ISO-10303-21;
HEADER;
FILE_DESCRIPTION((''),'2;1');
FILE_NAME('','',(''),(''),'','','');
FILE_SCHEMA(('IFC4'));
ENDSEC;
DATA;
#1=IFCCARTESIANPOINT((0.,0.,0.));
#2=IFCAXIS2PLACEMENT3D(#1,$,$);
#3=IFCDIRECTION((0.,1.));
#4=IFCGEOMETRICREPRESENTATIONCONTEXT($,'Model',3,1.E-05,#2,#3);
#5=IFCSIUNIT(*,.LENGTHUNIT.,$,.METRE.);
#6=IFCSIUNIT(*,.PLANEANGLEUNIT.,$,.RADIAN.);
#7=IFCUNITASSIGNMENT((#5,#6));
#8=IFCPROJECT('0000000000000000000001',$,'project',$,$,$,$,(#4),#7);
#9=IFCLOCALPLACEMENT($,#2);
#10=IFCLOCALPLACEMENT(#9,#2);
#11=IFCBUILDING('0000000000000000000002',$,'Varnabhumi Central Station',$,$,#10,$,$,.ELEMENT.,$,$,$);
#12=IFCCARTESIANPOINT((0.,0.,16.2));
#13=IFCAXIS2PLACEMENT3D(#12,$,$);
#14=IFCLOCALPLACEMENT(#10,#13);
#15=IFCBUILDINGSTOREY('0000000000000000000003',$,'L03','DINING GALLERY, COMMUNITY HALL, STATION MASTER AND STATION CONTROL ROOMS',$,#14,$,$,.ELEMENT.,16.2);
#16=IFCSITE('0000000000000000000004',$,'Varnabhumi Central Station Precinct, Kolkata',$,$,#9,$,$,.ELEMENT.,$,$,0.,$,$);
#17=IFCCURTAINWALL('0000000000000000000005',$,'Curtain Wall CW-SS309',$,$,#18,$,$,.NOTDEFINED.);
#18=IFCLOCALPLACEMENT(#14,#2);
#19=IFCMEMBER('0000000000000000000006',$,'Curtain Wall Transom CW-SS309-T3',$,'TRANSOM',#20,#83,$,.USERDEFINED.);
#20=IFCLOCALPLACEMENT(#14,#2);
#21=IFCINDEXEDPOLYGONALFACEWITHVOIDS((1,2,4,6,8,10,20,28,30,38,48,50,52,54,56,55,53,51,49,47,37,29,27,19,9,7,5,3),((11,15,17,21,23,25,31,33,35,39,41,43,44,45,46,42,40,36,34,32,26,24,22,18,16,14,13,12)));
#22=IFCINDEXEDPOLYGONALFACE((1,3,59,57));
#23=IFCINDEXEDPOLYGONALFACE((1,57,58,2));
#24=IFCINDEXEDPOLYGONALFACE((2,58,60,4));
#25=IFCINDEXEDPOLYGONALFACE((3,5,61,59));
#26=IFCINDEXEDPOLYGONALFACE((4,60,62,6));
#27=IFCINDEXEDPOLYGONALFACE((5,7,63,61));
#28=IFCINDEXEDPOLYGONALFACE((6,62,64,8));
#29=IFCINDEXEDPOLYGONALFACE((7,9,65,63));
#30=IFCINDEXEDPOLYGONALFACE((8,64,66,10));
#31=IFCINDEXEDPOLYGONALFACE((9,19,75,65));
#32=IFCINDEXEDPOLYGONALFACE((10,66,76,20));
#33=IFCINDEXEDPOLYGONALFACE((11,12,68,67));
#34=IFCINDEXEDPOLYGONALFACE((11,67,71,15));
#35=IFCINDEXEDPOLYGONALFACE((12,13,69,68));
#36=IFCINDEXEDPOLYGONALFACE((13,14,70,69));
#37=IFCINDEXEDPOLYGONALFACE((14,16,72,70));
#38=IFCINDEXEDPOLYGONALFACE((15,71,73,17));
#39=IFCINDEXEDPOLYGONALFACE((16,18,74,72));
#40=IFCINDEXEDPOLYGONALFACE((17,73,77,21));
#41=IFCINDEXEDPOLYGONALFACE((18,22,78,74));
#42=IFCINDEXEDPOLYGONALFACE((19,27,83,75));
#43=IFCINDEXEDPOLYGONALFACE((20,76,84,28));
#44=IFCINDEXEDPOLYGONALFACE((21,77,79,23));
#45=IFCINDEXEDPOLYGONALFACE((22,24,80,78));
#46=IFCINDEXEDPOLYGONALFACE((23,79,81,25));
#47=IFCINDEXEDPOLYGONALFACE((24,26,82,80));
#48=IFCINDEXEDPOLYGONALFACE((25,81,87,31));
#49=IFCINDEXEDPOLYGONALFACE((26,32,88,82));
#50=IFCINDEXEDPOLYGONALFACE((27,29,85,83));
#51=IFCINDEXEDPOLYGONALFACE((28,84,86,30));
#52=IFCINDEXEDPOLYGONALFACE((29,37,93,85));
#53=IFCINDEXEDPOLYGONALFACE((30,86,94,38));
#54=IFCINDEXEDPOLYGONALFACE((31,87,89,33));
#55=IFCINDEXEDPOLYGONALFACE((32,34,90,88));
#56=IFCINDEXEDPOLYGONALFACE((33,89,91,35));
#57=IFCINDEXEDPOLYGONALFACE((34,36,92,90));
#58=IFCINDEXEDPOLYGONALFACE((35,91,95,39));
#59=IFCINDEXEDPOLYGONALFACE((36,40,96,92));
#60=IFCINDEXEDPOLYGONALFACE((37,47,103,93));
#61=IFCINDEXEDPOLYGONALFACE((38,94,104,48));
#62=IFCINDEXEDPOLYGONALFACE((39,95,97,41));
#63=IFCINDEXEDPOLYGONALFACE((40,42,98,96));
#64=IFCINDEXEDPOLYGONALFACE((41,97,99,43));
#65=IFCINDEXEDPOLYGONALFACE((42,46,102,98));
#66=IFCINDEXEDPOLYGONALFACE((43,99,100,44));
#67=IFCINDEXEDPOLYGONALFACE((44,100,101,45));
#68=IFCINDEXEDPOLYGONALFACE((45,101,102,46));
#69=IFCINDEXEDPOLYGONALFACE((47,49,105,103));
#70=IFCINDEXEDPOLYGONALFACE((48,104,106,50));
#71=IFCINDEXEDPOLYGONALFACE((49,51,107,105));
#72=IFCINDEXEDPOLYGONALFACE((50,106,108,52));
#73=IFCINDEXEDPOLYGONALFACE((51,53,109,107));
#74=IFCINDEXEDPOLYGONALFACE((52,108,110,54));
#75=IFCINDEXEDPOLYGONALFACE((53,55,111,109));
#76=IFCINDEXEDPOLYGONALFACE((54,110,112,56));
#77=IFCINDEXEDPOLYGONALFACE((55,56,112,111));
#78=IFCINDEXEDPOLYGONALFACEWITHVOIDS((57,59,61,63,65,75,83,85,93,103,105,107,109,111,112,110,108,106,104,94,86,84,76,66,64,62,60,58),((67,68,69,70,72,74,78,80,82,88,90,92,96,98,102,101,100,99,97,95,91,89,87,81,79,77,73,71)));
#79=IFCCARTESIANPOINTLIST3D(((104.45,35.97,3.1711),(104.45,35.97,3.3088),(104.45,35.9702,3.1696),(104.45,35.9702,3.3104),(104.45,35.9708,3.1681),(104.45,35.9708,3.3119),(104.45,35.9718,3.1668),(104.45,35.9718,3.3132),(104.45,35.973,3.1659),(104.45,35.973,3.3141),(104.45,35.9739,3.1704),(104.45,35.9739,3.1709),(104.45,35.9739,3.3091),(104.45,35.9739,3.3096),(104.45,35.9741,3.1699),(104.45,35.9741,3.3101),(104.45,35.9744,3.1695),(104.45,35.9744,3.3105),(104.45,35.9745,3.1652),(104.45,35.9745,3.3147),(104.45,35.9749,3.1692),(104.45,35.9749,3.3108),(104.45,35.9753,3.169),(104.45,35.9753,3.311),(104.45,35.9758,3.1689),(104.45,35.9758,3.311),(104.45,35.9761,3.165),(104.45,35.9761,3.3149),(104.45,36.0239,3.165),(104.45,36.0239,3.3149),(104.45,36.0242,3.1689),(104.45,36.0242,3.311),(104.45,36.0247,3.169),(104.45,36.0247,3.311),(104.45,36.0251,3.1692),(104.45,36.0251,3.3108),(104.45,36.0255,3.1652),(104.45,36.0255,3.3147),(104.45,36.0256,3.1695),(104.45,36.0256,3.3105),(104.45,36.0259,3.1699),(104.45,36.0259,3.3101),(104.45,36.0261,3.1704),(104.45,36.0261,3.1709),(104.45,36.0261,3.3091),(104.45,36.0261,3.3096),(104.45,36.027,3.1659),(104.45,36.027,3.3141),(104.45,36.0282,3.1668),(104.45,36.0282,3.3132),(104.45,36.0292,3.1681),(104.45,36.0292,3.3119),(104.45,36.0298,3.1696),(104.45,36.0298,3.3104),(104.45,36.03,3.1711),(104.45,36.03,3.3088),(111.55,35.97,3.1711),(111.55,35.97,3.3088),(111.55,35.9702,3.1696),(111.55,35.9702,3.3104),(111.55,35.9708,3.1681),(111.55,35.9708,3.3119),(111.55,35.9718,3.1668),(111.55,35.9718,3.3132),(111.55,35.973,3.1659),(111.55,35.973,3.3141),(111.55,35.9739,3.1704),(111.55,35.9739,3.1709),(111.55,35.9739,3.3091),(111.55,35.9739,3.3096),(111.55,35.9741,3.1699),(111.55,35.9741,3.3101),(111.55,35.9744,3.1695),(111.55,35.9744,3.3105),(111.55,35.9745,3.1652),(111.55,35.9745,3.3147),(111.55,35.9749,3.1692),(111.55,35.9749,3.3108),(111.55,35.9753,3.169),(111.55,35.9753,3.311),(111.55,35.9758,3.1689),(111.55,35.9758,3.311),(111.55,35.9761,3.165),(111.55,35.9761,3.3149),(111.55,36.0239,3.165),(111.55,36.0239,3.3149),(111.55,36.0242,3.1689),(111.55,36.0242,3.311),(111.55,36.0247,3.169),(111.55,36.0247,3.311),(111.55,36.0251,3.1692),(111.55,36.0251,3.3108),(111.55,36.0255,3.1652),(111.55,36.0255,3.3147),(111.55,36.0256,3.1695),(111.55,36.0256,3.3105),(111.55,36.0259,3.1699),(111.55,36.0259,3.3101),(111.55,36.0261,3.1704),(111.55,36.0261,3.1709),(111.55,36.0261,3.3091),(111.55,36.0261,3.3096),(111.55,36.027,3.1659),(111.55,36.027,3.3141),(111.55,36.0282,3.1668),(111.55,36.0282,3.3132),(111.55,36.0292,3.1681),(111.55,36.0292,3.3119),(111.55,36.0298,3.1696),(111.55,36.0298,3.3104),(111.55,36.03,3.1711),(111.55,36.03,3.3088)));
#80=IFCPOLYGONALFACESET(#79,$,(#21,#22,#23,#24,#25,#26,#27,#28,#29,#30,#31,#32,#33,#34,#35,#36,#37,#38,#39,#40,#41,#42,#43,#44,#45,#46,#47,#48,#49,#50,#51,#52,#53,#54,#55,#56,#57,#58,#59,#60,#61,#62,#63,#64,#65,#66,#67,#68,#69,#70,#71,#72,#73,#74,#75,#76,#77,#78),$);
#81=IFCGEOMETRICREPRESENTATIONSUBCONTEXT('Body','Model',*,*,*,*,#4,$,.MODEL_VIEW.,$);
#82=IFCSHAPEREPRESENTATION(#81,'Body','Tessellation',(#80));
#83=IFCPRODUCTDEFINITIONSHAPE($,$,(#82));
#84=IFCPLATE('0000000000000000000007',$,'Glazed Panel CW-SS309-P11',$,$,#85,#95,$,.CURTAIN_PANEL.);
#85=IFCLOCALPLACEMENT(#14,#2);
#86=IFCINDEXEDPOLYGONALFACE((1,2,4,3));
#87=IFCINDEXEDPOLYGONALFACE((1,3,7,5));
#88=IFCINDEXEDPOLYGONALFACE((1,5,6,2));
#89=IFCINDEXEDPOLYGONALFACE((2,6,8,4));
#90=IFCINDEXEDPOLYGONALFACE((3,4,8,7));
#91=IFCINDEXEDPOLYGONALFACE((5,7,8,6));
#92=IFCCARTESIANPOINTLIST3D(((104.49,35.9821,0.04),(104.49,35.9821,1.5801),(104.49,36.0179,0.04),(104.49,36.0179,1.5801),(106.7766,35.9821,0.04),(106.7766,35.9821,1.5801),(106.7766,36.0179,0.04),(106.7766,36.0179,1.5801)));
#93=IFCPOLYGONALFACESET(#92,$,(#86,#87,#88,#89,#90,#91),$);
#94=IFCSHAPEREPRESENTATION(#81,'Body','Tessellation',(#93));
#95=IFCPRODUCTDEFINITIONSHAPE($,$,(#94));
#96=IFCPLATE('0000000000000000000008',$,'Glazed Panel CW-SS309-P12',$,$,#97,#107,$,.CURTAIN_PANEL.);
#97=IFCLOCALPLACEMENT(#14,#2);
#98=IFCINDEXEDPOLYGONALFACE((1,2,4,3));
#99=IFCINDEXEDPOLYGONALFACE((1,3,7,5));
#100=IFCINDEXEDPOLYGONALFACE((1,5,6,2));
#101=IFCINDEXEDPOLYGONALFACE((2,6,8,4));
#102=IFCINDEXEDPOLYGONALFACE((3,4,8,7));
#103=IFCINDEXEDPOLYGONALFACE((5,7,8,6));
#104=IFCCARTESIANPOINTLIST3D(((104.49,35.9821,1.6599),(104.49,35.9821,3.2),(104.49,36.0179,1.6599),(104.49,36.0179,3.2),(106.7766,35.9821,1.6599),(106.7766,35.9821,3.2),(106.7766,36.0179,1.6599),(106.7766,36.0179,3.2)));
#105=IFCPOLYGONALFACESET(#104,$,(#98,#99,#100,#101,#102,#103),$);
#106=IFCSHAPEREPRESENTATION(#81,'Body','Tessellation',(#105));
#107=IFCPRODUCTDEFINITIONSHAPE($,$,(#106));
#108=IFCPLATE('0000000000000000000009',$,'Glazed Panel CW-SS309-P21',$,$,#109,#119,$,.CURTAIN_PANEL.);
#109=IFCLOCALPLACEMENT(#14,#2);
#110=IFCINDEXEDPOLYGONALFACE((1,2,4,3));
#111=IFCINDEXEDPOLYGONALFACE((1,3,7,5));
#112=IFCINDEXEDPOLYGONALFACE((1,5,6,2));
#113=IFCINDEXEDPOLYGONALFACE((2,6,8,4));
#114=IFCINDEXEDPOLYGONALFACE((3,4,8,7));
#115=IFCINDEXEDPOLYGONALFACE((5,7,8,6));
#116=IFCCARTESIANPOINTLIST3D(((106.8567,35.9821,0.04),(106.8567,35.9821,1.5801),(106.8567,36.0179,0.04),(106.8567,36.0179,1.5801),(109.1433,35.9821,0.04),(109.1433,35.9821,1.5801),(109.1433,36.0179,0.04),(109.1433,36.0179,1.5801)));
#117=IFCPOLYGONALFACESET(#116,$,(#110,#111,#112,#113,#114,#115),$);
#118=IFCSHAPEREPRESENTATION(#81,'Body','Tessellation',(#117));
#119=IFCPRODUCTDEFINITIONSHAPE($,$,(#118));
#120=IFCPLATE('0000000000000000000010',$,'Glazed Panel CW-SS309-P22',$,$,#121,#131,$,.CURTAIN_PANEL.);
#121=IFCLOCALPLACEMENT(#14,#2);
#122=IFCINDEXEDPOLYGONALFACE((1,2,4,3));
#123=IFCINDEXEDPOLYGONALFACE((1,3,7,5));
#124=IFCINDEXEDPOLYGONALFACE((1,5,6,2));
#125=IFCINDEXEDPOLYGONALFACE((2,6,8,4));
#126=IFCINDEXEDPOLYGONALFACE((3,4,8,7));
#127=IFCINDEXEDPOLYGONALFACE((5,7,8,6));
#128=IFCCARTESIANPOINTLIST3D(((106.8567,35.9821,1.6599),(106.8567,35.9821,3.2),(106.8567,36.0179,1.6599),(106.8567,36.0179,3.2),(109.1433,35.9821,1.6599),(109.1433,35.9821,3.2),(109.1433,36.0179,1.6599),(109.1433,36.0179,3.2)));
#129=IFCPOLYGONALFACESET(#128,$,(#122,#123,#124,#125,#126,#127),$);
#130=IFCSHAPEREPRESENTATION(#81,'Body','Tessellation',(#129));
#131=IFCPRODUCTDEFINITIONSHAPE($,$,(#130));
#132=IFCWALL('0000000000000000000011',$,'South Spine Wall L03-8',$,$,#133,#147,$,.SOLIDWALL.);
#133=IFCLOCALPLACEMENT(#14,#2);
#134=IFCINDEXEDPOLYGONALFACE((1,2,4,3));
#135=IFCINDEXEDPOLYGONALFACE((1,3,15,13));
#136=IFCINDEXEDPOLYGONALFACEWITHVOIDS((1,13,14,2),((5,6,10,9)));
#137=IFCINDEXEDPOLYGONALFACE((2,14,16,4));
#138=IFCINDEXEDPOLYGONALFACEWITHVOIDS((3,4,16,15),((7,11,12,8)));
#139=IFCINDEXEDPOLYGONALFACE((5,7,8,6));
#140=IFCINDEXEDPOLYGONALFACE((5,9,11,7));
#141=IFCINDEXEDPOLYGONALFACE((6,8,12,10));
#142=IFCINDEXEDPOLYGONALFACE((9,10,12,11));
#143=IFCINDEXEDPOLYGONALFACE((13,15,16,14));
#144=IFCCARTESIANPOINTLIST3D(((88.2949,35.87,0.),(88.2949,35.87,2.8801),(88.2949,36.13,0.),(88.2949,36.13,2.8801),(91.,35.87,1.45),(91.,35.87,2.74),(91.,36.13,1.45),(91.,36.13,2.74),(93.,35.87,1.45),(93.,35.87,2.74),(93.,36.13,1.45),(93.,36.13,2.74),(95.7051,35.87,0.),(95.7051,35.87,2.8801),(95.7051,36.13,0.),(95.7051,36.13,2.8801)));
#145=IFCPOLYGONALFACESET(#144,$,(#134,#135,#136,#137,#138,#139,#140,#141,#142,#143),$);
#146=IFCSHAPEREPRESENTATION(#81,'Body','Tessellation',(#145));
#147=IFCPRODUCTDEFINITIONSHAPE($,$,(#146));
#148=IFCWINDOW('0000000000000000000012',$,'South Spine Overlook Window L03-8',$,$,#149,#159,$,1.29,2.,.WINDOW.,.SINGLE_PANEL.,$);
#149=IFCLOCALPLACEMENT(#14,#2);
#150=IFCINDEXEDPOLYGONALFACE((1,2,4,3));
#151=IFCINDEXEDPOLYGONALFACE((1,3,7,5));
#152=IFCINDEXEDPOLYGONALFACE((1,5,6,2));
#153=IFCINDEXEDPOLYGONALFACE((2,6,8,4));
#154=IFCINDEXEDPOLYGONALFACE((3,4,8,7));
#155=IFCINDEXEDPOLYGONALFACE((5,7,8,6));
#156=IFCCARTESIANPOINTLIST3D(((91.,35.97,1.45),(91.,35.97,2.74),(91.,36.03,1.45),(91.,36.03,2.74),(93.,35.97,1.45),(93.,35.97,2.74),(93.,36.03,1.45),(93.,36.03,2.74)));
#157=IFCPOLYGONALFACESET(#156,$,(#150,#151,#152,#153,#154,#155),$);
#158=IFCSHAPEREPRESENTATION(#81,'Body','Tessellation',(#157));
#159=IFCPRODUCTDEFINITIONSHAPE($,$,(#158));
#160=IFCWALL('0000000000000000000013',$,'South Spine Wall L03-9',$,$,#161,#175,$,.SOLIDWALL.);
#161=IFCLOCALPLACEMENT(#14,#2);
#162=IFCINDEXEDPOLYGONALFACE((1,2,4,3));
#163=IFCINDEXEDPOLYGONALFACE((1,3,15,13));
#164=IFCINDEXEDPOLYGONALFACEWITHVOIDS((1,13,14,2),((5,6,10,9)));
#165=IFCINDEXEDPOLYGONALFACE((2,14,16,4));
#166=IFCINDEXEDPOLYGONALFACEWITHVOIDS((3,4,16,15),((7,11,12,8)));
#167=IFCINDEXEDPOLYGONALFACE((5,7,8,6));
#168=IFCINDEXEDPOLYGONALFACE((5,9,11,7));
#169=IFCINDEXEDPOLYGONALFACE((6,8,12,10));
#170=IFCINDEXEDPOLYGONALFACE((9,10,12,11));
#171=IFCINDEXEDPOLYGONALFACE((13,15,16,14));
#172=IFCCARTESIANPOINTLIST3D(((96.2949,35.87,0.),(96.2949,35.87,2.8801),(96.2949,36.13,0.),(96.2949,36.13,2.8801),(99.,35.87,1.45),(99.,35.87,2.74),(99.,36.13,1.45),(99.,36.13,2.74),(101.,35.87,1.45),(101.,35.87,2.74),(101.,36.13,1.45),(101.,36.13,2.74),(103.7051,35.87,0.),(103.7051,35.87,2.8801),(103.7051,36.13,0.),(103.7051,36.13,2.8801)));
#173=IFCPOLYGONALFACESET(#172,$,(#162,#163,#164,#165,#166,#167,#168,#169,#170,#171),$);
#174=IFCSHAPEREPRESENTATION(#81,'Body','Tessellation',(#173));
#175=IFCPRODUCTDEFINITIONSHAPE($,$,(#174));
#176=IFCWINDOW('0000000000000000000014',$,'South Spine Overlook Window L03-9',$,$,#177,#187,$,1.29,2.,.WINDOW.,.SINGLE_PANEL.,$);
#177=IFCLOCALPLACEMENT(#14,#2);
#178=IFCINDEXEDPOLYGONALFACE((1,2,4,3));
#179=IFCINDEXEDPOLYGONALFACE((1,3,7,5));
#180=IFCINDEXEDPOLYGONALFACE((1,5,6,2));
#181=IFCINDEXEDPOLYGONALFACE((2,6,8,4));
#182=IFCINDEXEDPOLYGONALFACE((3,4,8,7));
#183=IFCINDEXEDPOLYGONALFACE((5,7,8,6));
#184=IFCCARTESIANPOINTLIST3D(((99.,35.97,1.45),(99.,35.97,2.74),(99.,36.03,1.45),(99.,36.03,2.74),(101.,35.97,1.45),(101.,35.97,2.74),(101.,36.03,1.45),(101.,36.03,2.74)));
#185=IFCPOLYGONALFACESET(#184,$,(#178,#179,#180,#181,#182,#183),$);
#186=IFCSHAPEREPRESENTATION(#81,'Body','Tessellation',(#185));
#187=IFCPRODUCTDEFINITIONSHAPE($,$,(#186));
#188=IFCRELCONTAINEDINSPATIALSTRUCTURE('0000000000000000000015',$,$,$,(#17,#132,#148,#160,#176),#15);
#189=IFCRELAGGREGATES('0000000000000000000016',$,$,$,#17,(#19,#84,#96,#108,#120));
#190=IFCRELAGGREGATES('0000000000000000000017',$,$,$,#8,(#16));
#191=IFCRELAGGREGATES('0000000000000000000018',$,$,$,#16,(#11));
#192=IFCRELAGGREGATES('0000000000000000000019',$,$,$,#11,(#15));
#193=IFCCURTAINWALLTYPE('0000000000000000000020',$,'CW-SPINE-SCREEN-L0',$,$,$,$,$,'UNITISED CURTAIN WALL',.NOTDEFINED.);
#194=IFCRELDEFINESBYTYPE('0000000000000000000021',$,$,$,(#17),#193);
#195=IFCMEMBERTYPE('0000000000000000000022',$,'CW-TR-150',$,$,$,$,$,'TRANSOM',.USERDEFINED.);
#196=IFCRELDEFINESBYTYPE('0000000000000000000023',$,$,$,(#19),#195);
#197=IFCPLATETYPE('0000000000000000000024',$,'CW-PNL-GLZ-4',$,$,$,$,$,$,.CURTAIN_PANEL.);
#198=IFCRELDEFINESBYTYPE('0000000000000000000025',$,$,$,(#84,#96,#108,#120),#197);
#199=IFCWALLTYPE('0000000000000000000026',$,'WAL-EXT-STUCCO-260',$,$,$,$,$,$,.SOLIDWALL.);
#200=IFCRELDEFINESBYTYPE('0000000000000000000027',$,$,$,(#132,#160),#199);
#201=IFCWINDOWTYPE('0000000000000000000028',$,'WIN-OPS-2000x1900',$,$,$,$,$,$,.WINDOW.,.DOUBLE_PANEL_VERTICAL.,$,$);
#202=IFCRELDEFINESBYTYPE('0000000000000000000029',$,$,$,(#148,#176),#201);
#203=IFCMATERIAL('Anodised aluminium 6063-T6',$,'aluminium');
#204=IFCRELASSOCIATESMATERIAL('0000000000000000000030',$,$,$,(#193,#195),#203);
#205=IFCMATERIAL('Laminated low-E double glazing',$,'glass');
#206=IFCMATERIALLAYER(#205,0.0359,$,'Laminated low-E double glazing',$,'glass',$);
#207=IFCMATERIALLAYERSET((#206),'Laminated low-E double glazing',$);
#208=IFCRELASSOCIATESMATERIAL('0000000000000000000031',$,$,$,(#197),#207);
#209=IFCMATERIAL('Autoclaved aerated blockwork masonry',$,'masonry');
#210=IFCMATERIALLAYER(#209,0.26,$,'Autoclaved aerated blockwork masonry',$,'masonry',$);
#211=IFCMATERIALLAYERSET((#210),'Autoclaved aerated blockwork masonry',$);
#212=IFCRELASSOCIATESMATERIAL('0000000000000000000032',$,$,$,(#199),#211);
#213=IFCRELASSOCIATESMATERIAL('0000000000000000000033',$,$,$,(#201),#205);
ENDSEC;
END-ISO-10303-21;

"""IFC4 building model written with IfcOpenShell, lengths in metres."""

from ifc_helpers import new_model, si_unit, direction, frame, frame_2d, origin, origin_2d, place, context, subcontext, project, spatial, rectangle, hollow_rectangle, extrude, material, layer, layer_set, material_profile, profile_set, type_object, element, fill, aggregate, save


model = new_model("IFC4")

# Units and contexts
model_context = context("Model", 3, precision=1e-05, world=origin(), true_north=direction((0.0, 1.0)))
body_context = subcontext(model_context, "Body", "Model", "MODEL_VIEW")
ifc_project = project(units=[si_unit("LENGTHUNIT", "METRE"), si_unit("PLANEANGLEUNIT", "RADIAN")], contexts=[model_context])

# Site, building, storey
site_placement = place(None, origin())
site = spatial("IfcSite", under=ifc_project, at=site_placement, Name="Varnabhumi Central Station Precinct, Kolkata", CompositionType="ELEMENT", RefElevation=0.0)
building_placement = place(site_placement, origin())
building = spatial("IfcBuilding", under=site, at=building_placement, Name="Varnabhumi Central Station", CompositionType="ELEMENT")
storey_placement = place(building_placement, frame((0.0, 0.0, 16.2)))
storey = spatial("IfcBuildingStorey", under=building, at=storey_placement, Name="L03", Description="DINING GALLERY, COMMUNITY HALL, STATION MASTER AND STATION CONTROL ROOMS", CompositionType="ELEMENT", Elevation=16.2)

# Curtain wall, member, plates
ifc_material_1 = material(Name="Anodised aluminium 6063-T6", Category="aluminium")
curtain_wall_type = type_object("IfcCurtainWallType", Name="CW-SPINE-SCREEN-L0", ElementType="UNITISED CURTAIN WALL", PredefinedType="NOTDEFINED", material=ifc_material_1)
curtain_wall_placement = place(storey_placement, origin())
curtain_wall = element("IfcCurtainWall", 1, at=curtain_wall_placement, inside=storey, type_object=curtain_wall_type, Name="Curtain Wall CW-SS309", PredefinedType="NOTDEFINED")
ifc_material_profile_1 = material_profile(ifc_material_1, hollow_rectangle(XDim=0.0601, YDim=0.1499, WallThickness=0.0039, InnerFilletRadius=0.002, OuterFilletRadius=0.0061, at=origin_2d()), Name="Anodised aluminium 6063-T6", Category="aluminium")
ifc_profile_set_1 = profile_set([ifc_material_profile_1], Name="Anodised aluminium 6063-T6")
member_type_1 = type_object("IfcMemberType", Name="CW-TR-150", ElementType="TRANSOM", PredefinedType="USERDEFINED", material=ifc_profile_set_1)
member_1_placement = place(storey_placement, frame((104.45, 36.0, 3.24), z_axis=(1.0, 0.0, 0.0), x_axis=(0.0, 1.0, 0.0)))
member_1 = element("IfcMember", 2, at=member_1_placement, type_object=member_type_1, Name="Curtain Wall Transom CW-SS309-T3", ObjectType="TRANSOM", PredefinedType="USERDEFINED", context=body_context, shape_type="SweptSolid", body=[
    extrude(hollow_rectangle(XDim=0.0601, YDim=0.1499, WallThickness=0.0039, InnerFilletRadius=0.002, OuterFilletRadius=0.0061, at=origin_2d()), origin(), (0.0, 0.0, 1.0), 7.1001),
])
ifc_material_2 = material(Name="Laminated low-E double glazing", Category="glass")
ifc_layer_1 = layer(ifc_material_2, 0.0359, Name="Laminated low-E double glazing", Category="glass")
ifc_layer_set_1 = layer_set([ifc_layer_1], Name="Laminated low-E double glazing")
plate_type = type_object("IfcPlateType", Name="CW-PNL-GLZ-4", PredefinedType="CURTAIN_PANEL", material=ifc_layer_set_1)
plate_1_placement = place(storey_placement, frame((105.6333, 36.0, 0.04), z_axis=(0.0, 0.0, 1.0), x_axis=(1.0, 0.0, 0.0)))
plate_1 = element("IfcPlate", 3, at=plate_1_placement, type_object=plate_type, Name="Glazed Panel CW-SS309-P11", PredefinedType="CURTAIN_PANEL", context=body_context, shape_type="SweptSolid", body=[
    extrude(rectangle(XDim=2.2866, YDim=0.0359, at=origin_2d()), origin(), (0.0, 0.0, 1.0), 1.54),
])
plate_2_placement = place(storey_placement, frame((105.6333, 36.0, 1.6599), z_axis=(0.0, 0.0, 1.0), x_axis=(1.0, 0.0, 0.0)))
plate_2 = element("IfcPlate", 4, at=plate_2_placement, type_object=plate_type, Name="Glazed Panel CW-SS309-P12", PredefinedType="CURTAIN_PANEL", context=body_context, shape_type="SweptSolid", body=[
    extrude(rectangle(XDim=2.2866, YDim=0.0359, at=origin_2d()), origin(), (0.0, 0.0, 1.0), 1.54),
])
plate_3_placement = place(storey_placement, frame((108.0, 36.0, 0.04), z_axis=(0.0, 0.0, 1.0), x_axis=(1.0, 0.0, 0.0)))
plate_3 = element("IfcPlate", 5, at=plate_3_placement, type_object=plate_type, Name="Glazed Panel CW-SS309-P21", PredefinedType="CURTAIN_PANEL", context=body_context, shape_type="SweptSolid", body=[
    extrude(rectangle(XDim=2.2866, YDim=0.0359, at=origin_2d()), origin(), (0.0, 0.0, 1.0), 1.54),
])
plate_4_placement = place(storey_placement, frame((108.0, 36.0, 1.6599), z_axis=(0.0, 0.0, 1.0), x_axis=(1.0, 0.0, 0.0)))
plate_4 = element("IfcPlate", 6, at=plate_4_placement, type_object=plate_type, Name="Glazed Panel CW-SS309-P22", PredefinedType="CURTAIN_PANEL", context=body_context, shape_type="SweptSolid", body=[
    extrude(rectangle(XDim=2.2866, YDim=0.0359, at=origin_2d()), origin(), (0.0, 0.0, 1.0), 1.54),
])
aggregate(curtain_wall, [member_1, plate_1, plate_2, plate_3, plate_4])

# Walls, openings, windows
ifc_material_3 = material(Name="Autoclaved aerated blockwork masonry", Category="masonry")
ifc_layer_2 = layer(ifc_material_3, 0.26, Name="Autoclaved aerated blockwork masonry", Category="masonry")
ifc_layer_set_2 = layer_set([ifc_layer_2], Name="Autoclaved aerated blockwork masonry")
wall_type = type_object("IfcWallType", Name="WAL-EXT-STUCCO-260", PredefinedType="SOLIDWALL", material=ifc_layer_set_2)
wall_1_placement = place(storey_placement, frame((88.2949, 36.0, 0.0), z_axis=(0.0, 0.0, 1.0), x_axis=(1.0, 0.0, 0.0)))
wall_1 = element("IfcWall", 7, at=wall_1_placement, inside=storey, type_object=wall_type, Name="South Spine Wall L03-8", PredefinedType="SOLIDWALL", context=body_context, shape_type="SweptSolid", body=[
    extrude(rectangle(XDim=7.4102, YDim=0.26, at=frame_2d((3.7051, 0.0))), origin(), (0.0, 0.0, 1.0), 2.8801),
])
opening_1_placement = place(wall_1_placement, frame((2.7051, 0.0, 1.45)))
opening_1 = element("IfcOpeningElement", 8, at=opening_1_placement, cuts=wall_1, PredefinedType="OPENING", context=body_context, shape_type="SweptSolid", body=[
    extrude(rectangle(XDim=2.0, YDim=1.29, at=frame_2d((1.0, 0.645))), frame((0.0, 0.1399, 0.0), z_axis=(0.0, -1.0, 0.0), x_axis=(1.0, 0.0, 0.0)), (0.0, 0.0, 1.0), 0.28),
])
window_type = type_object("IfcWindowType", Name="WIN-OPS-2000x1900", PartitioningType="DOUBLE_PANEL_VERTICAL", PredefinedType="WINDOW", material=ifc_material_2)
window_1_placement = place(opening_1_placement, origin())
window_1 = element("IfcWindow", 9, at=window_1_placement, inside=storey, type_object=window_type, Name="South Spine Overlook Window L03-8", OverallHeight=1.29, OverallWidth=2.0, PartitioningType="SINGLE_PANEL", PredefinedType="WINDOW", context=body_context, shape_type="SweptSolid", body=[
    extrude(rectangle(XDim=2.0, YDim=1.29, at=frame_2d((1.0, 0.645))), frame((0.0, 0.03, 0.0), z_axis=(0.0, -1.0, 0.0), x_axis=(1.0, 0.0, 0.0)), (0.0, 0.0, 1.0), 0.0601),
])
fill(opening_1, window_1)
wall_2_placement = place(storey_placement, frame((96.2949, 36.0, 0.0), z_axis=(0.0, 0.0, 1.0), x_axis=(1.0, 0.0, 0.0)))
wall_2 = element("IfcWall", 10, at=wall_2_placement, inside=storey, type_object=wall_type, Name="South Spine Wall L03-9", PredefinedType="SOLIDWALL", context=body_context, shape_type="SweptSolid", body=[
    extrude(rectangle(XDim=7.4102, YDim=0.26, at=frame_2d((3.7051, 0.0))), origin(), (0.0, 0.0, 1.0), 2.8801),
])
opening_2_placement = place(wall_2_placement, frame((2.7051, 0.0, 1.45)))
opening_2 = element("IfcOpeningElement", 11, at=opening_2_placement, cuts=wall_2, PredefinedType="OPENING", context=body_context, shape_type="SweptSolid", body=[
    extrude(rectangle(XDim=2.0, YDim=1.29, at=frame_2d((1.0, 0.645))), frame((0.0, 0.1399, 0.0), z_axis=(0.0, -1.0, 0.0), x_axis=(1.0, 0.0, 0.0)), (0.0, 0.0, 1.0), 0.28),
])
window_2_placement = place(opening_2_placement, origin())
window_2 = element("IfcWindow", 12, at=window_2_placement, inside=storey, type_object=window_type, Name="South Spine Overlook Window L03-9", OverallHeight=1.29, OverallWidth=2.0, PartitioningType="SINGLE_PANEL", PredefinedType="WINDOW", context=body_context, shape_type="SweptSolid", body=[
    extrude(rectangle(XDim=2.0, YDim=1.29, at=frame_2d((1.0, 0.645))), frame((0.0, 0.03, 0.0), z_axis=(0.0, -1.0, 0.0), x_axis=(1.0, 0.0, 0.0)), (0.0, 0.0, 1.0), 0.0601),
])
fill(opening_2, window_2)

save(model, "model.ifc")
